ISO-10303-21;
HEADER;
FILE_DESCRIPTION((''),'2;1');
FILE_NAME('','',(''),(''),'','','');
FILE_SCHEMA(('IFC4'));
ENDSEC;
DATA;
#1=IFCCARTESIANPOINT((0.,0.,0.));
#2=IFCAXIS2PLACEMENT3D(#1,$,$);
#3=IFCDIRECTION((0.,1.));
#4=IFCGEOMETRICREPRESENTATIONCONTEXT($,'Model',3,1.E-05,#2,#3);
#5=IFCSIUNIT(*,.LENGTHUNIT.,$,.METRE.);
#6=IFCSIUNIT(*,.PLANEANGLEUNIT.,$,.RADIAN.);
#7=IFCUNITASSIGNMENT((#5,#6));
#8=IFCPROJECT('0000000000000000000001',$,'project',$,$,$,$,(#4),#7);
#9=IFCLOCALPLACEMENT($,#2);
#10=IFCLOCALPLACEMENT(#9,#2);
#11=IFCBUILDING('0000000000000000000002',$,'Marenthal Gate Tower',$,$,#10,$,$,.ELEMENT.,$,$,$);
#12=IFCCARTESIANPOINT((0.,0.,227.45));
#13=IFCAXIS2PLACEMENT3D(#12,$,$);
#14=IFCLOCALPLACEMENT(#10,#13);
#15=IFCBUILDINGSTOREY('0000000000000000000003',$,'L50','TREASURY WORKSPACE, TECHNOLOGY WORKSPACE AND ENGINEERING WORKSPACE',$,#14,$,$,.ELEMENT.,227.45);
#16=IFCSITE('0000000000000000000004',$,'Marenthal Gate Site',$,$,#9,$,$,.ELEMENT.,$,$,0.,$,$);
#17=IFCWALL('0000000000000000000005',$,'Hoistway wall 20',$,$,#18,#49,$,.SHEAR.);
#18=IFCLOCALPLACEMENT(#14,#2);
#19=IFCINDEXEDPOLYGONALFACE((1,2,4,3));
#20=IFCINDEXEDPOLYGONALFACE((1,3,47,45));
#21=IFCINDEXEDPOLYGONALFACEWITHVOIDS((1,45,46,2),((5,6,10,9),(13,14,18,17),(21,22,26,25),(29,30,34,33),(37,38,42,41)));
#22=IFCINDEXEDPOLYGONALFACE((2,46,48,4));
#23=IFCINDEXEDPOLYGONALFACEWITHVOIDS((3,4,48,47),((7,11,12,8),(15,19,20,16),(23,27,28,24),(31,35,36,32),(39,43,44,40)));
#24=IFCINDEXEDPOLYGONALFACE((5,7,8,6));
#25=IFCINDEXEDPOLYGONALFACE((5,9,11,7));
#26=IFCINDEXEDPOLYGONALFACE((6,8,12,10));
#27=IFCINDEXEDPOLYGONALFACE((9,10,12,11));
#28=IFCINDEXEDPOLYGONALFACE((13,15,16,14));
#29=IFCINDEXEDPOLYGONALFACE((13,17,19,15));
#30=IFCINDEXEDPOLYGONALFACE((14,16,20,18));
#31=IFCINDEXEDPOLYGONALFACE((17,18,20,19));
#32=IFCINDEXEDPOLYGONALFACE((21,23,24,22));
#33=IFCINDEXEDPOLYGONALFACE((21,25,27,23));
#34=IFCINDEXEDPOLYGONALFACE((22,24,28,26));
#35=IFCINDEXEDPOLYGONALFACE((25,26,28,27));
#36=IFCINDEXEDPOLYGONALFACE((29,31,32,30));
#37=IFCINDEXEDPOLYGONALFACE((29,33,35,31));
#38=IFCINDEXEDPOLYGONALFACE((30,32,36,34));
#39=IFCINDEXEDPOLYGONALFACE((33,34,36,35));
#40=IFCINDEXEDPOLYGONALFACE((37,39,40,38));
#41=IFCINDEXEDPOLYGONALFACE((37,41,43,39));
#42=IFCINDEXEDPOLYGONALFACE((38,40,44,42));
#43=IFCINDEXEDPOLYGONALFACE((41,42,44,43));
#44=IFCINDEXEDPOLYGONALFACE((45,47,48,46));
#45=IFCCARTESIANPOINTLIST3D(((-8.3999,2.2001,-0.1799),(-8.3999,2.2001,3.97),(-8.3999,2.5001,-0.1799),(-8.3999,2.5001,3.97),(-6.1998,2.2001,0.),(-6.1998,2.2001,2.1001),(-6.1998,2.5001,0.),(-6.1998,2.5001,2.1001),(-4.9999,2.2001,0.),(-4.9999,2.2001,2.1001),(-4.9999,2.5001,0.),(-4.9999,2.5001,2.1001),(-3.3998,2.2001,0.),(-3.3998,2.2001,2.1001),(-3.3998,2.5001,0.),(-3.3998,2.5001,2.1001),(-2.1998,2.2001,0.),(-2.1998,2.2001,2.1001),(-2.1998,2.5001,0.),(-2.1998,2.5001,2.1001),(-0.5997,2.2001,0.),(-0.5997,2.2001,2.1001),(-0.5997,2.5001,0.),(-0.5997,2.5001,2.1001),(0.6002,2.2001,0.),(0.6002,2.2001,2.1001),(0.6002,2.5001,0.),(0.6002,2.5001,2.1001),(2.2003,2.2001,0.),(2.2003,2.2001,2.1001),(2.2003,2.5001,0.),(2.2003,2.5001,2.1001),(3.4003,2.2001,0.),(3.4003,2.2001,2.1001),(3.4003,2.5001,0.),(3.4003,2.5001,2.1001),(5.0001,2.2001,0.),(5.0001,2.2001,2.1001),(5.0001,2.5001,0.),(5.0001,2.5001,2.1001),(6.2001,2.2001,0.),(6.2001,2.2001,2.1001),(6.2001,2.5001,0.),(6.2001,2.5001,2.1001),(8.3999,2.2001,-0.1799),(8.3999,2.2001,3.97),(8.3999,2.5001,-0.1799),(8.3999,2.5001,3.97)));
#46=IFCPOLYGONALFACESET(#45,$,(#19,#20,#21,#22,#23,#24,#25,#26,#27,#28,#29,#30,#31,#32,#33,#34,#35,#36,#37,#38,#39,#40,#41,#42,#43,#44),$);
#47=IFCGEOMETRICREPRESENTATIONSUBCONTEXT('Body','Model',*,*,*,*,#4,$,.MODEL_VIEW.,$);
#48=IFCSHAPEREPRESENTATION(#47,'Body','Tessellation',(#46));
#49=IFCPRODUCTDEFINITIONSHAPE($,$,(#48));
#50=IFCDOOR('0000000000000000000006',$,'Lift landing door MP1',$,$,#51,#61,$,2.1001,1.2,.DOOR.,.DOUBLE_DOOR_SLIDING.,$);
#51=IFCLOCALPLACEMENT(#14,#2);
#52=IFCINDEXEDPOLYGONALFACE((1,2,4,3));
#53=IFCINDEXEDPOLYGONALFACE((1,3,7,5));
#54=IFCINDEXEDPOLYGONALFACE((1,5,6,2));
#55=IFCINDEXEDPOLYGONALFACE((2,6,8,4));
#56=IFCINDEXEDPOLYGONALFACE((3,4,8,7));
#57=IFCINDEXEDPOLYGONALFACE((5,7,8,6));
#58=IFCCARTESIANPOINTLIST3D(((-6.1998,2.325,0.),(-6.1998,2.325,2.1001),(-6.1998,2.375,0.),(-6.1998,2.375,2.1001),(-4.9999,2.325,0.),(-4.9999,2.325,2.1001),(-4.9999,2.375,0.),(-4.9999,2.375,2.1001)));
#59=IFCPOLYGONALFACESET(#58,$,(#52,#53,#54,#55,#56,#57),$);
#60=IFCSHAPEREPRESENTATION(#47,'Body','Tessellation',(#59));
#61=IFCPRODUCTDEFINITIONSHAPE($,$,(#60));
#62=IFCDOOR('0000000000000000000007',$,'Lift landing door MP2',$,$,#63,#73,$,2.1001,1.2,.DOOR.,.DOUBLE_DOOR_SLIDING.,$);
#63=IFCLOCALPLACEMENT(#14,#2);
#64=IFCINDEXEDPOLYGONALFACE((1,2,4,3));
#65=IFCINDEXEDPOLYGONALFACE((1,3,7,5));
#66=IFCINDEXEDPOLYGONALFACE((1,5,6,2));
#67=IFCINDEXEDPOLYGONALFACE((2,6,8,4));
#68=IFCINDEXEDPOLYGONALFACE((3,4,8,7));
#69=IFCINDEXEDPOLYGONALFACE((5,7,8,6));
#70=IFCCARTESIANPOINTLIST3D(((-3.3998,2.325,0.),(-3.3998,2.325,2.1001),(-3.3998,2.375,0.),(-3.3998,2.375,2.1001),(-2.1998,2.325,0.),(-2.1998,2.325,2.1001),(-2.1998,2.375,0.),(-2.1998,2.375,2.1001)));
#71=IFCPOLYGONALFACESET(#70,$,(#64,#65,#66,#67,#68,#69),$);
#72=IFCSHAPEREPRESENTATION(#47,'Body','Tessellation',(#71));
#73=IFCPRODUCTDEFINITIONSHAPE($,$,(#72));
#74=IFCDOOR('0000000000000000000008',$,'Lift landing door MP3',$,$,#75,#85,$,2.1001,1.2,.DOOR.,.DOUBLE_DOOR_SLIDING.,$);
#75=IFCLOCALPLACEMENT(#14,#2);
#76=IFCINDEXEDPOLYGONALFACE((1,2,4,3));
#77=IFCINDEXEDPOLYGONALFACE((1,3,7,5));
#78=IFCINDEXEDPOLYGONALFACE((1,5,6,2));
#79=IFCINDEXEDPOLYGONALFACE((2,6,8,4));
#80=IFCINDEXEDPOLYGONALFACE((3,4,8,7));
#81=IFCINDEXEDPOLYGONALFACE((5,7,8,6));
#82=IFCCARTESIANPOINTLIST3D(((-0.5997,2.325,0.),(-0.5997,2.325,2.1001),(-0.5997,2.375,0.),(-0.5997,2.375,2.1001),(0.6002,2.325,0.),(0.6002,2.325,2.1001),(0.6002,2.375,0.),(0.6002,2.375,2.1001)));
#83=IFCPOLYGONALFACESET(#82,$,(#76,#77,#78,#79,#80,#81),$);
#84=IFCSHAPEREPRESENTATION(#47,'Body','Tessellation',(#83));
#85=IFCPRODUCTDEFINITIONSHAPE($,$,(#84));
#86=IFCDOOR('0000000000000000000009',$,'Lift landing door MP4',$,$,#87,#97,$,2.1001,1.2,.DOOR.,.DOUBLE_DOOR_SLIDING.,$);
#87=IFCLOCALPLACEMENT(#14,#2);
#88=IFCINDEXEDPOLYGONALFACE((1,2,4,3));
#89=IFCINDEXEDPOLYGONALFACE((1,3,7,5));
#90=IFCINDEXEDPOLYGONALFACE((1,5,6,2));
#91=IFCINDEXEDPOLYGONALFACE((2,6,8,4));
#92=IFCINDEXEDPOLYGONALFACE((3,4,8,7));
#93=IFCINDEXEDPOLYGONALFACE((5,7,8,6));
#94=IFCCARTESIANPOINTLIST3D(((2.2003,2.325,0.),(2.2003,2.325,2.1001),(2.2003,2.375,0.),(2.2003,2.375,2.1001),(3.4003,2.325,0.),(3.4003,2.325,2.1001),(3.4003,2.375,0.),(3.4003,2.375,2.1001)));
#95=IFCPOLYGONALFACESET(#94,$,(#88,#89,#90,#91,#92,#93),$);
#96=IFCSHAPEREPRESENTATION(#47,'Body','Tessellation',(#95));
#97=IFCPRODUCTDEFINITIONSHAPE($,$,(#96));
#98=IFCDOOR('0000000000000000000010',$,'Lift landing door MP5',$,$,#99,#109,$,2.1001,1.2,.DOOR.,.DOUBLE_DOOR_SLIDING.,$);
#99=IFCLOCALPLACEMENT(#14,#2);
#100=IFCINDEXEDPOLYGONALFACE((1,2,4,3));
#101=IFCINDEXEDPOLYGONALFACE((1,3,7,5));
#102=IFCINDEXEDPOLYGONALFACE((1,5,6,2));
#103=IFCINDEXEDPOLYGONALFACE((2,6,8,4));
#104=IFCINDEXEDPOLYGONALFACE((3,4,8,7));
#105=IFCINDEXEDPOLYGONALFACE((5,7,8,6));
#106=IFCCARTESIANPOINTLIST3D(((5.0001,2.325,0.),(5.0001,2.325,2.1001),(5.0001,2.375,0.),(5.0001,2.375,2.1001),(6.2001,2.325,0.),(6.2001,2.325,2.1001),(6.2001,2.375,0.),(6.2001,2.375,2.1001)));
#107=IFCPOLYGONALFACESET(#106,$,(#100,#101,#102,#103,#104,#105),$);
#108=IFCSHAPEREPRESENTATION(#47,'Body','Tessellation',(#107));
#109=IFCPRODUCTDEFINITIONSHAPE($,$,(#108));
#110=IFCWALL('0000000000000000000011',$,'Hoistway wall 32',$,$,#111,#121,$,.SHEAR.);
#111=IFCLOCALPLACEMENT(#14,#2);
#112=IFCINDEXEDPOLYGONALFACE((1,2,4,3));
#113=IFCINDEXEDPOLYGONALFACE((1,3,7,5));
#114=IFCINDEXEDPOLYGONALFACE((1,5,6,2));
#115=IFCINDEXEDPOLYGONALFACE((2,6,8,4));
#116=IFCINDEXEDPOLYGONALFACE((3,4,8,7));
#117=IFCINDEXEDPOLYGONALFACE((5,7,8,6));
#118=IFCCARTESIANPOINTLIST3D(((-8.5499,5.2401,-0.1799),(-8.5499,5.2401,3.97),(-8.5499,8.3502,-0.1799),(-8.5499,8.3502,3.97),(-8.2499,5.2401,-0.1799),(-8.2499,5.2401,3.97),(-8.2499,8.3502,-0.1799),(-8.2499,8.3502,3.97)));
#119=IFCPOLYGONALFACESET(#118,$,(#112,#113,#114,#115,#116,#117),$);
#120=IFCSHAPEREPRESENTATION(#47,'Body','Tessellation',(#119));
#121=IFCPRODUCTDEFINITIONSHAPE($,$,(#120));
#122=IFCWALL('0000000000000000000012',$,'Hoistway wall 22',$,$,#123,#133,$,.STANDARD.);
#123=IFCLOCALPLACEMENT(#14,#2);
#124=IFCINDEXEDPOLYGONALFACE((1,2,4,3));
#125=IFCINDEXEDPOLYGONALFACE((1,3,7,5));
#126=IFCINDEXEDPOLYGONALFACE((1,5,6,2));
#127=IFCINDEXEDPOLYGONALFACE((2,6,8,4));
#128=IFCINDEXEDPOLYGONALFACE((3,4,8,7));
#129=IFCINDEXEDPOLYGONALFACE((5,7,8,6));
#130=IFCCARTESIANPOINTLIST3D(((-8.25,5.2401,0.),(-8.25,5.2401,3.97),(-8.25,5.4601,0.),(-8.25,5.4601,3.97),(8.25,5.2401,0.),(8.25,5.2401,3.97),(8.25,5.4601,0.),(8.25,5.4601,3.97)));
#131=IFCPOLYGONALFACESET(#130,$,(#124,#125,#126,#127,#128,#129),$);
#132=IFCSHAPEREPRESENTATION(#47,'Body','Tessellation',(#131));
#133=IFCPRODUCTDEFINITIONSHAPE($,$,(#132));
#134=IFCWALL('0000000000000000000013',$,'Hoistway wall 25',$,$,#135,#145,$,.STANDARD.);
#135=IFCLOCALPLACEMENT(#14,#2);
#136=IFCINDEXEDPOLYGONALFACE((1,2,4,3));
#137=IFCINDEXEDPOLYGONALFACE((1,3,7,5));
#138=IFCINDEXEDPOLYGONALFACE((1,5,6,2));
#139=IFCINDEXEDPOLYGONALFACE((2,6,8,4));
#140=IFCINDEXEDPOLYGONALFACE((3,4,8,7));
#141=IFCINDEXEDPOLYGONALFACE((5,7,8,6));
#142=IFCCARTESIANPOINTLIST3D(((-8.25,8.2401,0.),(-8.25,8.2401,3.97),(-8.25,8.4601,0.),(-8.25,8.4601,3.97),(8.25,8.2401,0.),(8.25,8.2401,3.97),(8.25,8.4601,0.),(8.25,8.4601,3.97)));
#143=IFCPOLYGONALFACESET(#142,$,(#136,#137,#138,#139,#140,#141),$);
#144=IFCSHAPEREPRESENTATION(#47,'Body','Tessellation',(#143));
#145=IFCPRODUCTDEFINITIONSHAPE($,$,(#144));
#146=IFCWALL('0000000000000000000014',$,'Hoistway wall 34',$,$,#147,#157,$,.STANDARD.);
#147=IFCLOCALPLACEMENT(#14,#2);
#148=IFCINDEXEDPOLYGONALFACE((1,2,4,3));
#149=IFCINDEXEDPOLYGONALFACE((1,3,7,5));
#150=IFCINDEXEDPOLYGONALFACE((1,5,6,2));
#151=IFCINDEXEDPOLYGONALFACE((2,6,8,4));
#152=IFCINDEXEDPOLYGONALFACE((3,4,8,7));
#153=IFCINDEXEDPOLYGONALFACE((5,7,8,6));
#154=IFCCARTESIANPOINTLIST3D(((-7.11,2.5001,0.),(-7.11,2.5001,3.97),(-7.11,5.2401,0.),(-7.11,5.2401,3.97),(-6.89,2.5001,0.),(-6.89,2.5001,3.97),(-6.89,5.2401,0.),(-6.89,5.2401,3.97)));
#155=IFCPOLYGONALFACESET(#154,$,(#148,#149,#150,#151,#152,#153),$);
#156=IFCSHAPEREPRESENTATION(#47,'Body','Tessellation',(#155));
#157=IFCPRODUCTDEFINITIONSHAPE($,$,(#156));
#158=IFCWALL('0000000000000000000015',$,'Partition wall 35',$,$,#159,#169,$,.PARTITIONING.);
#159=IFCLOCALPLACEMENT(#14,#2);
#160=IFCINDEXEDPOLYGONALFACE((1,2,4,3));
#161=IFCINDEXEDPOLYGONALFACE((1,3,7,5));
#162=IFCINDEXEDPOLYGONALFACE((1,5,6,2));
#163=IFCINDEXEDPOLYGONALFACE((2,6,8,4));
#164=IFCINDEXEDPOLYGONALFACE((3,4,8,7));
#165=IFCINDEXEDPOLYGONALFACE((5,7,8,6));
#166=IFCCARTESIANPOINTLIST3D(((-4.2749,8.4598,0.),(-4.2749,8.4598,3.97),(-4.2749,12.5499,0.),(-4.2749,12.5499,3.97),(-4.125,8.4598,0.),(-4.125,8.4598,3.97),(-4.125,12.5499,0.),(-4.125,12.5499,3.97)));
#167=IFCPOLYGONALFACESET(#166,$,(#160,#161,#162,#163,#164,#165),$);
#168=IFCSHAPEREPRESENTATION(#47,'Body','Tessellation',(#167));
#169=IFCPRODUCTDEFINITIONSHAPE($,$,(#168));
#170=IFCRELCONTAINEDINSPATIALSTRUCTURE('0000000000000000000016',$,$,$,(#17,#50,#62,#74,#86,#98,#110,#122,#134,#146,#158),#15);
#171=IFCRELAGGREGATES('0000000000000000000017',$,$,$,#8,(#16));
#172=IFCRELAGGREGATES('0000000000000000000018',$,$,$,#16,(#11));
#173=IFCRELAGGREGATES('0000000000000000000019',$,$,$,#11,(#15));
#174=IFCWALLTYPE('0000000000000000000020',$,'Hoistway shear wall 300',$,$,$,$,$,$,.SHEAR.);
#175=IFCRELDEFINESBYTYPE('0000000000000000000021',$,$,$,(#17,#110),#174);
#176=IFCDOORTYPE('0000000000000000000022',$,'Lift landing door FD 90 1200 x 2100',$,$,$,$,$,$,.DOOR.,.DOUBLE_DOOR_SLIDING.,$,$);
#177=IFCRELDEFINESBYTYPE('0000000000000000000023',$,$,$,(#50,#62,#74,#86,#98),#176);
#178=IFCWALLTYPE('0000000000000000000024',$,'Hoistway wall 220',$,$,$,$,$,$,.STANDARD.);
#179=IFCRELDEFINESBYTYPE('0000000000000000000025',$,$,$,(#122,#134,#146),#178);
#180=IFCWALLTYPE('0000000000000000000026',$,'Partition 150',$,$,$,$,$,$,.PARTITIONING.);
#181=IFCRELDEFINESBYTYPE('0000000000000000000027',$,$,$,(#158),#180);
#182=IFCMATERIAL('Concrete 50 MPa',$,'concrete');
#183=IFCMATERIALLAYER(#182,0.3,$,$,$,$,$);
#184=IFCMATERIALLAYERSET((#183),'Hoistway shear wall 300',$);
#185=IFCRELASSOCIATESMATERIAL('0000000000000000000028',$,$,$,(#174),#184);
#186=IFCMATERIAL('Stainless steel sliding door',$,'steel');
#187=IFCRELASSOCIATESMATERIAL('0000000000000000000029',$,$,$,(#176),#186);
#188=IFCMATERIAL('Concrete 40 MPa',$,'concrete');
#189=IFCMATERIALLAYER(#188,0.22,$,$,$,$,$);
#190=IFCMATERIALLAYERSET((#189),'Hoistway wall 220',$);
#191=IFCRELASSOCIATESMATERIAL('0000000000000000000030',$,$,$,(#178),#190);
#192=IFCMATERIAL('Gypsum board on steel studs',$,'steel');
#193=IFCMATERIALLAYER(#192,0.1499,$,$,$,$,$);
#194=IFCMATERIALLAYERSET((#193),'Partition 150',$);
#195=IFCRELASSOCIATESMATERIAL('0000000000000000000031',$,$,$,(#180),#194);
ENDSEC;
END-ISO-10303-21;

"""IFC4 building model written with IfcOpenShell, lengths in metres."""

from ifc_helpers import new_model, si_unit, direction, frame, frame_2d, origin, place, context, subcontext, project, spatial, rectangle, extrude, material, layer, layer_set, type_object, element, fill, save


model = new_model("IFC4")

# Units and contexts
model_context = context("Model", 3, precision=1e-05, world=origin(), true_north=direction((0.0, 1.0)))
body_context = subcontext(model_context, "Body", "Model", "MODEL_VIEW")
ifc_project = project(units=[si_unit("LENGTHUNIT", "METRE"), si_unit("PLANEANGLEUNIT", "RADIAN")], contexts=[model_context])

# Site, building, storey
site_placement = place(None, origin())
site = spatial("IfcSite", under=ifc_project, at=site_placement, Name="Marenthal Gate Site", CompositionType="ELEMENT", RefElevation=0.0)
building_placement = place(site_placement, origin())
building = spatial("IfcBuilding", under=site, at=building_placement, Name="Marenthal Gate Tower", CompositionType="ELEMENT")
storey_placement = place(building_placement, frame((0.0, 0.0, 227.45)))
storey = spatial("IfcBuildingStorey", under=building, at=storey_placement, Name="L50", Description="TREASURY WORKSPACE, TECHNOLOGY WORKSPACE AND ENGINEERING WORKSPACE", CompositionType="ELEMENT", Elevation=227.45)

# Wall, openings, doors
ifc_material_1 = material(Name="Concrete 50 MPa", Category="concrete")
ifc_layer_1 = layer(ifc_material_1, 0.3)
ifc_layer_set_1 = layer_set([ifc_layer_1], Name="Hoistway shear wall 300")
wall_type_1 = type_object("IfcWallType", Name="Hoistway shear wall 300", PredefinedType="SHEAR", material=ifc_layer_set_1)
wall_1_placement = place(storey_placement, frame((-8.3999, 2.3501, -0.1799), z_axis=(0.0, 0.0, 1.0), x_axis=(1.0, 0.0, 0.0)))
wall_1 = element("IfcWall", 1, at=wall_1_placement, inside=storey, type_object=wall_type_1, Name="Hoistway wall 20", PredefinedType="SHEAR", context=body_context, shape_type="SweptSolid", body=[
    extrude(rectangle(XDim=16.7998, YDim=0.3, at=frame_2d((8.3999, 0.0))), origin(), (0.0, 0.0, 1.0), 4.1499),
])
opening_1_placement = place(wall_1_placement, frame((2.2, 0.0, 0.1799)))
opening_1 = element("IfcOpeningElement", 2, at=opening_1_placement, cuts=wall_1, PredefinedType="OPENING", context=body_context, shape_type="SweptSolid", body=[
    extrude(rectangle(XDim=1.2, YDim=2.1001, at=frame_2d((0.6001, 1.05))), frame((0.0, 0.1602, 0.0), z_axis=(0.0, -1.0, 0.0), x_axis=(1.0, 0.0, 0.0)), (0.0, 0.0, 1.0), 0.3201),
])
opening_2_placement = place(wall_1_placement, frame((5.0, 0.0, 0.1799)))
opening_2 = element("IfcOpeningElement", 3, at=opening_2_placement, cuts=wall_1, PredefinedType="OPENING", context=body_context, shape_type="SweptSolid", body=[
    extrude(rectangle(XDim=1.2, YDim=2.1001, at=frame_2d((0.6001, 1.05))), frame((0.0, 0.1602, 0.0), z_axis=(0.0, -1.0, 0.0), x_axis=(1.0, 0.0, 0.0)), (0.0, 0.0, 1.0), 0.3201),
])
opening_3_placement = place(wall_1_placement, frame((7.8, 0.0, 0.1799)))
opening_3 = element("IfcOpeningElement", 4, at=opening_3_placement, cuts=wall_1, PredefinedType="OPENING", context=body_context, shape_type="SweptSolid", body=[
    extrude(rectangle(XDim=1.2, YDim=2.1001, at=frame_2d((0.6001, 1.05))), frame((0.0, 0.1602, 0.0), z_axis=(0.0, -1.0, 0.0), x_axis=(1.0, 0.0, 0.0)), (0.0, 0.0, 1.0), 0.3201),
])
opening_4_placement = place(wall_1_placement, frame((10.6001, 0.0, 0.1799)))
opening_4 = element("IfcOpeningElement", 5, at=opening_4_placement, cuts=wall_1, PredefinedType="OPENING", context=body_context, shape_type="SweptSolid", body=[
    extrude(rectangle(XDim=1.2, YDim=2.1001, at=frame_2d((0.6001, 1.05))), frame((0.0, 0.1602, 0.0), z_axis=(0.0, -1.0, 0.0), x_axis=(1.0, 0.0, 0.0)), (0.0, 0.0, 1.0), 0.3201),
])
opening_5_placement = place(wall_1_placement, frame((13.3999, 0.0, 0.1799)))
opening_5 = element("IfcOpeningElement", 6, at=opening_5_placement, cuts=wall_1, PredefinedType="OPENING", context=body_context, shape_type="SweptSolid", body=[
    extrude(rectangle(XDim=1.2, YDim=2.1001, at=frame_2d((0.6001, 1.05))), frame((0.0, 0.1602, 0.0), z_axis=(0.0, -1.0, 0.0), x_axis=(1.0, 0.0, 0.0)), (0.0, 0.0, 1.0), 0.3201),
])
ifc_material_2 = material(Name="Stainless steel sliding door", Category="steel")
door_type = type_object("IfcDoorType", Name="Lift landing door FD 90 1200 x 2100", OperationType="DOUBLE_DOOR_SLIDING", PredefinedType="DOOR", material=ifc_material_2)
door_1_placement = place(opening_1_placement, origin())
door_1 = element("IfcDoor", 7, at=door_1_placement, inside=storey, type_object=door_type, Name="Lift landing door MP1", OperationType="DOUBLE_DOOR_SLIDING", OverallHeight=2.1001, OverallWidth=1.2, PredefinedType="DOOR", context=body_context, shape_type="SweptSolid", body=[
    extrude(rectangle(XDim=1.2, YDim=2.1001, at=frame_2d((0.6001, 1.05))), frame((0.0, 0.0249, 0.0), z_axis=(0.0, -1.0, 0.0), x_axis=(1.0, 0.0, 0.0)), (0.0, 0.0, 1.0), 0.05),
])
fill(opening_1, door_1)
door_2_placement = place(opening_2_placement, origin())
door_2 = element("IfcDoor", 8, at=door_2_placement, inside=storey, type_object=door_type, Name="Lift landing door MP2", OperationType="DOUBLE_DOOR_SLIDING", OverallHeight=2.1001, OverallWidth=1.2, PredefinedType="DOOR", context=body_context, shape_type="SweptSolid", body=[
    extrude(rectangle(XDim=1.2, YDim=2.1001, at=frame_2d((0.6001, 1.05))), frame((0.0, 0.0249, 0.0), z_axis=(0.0, -1.0, 0.0), x_axis=(1.0, 0.0, 0.0)), (0.0, 0.0, 1.0), 0.05),
])
fill(opening_2, door_2)
door_3_placement = place(opening_3_placement, origin())
door_3 = element("IfcDoor", 9, at=door_3_placement, inside=storey, type_object=door_type, Name="Lift landing door MP3", OperationType="DOUBLE_DOOR_SLIDING", OverallHeight=2.1001, OverallWidth=1.2, PredefinedType="DOOR", context=body_context, shape_type="SweptSolid", body=[
    extrude(rectangle(XDim=1.2, YDim=2.1001, at=frame_2d((0.6001, 1.05))), frame((0.0, 0.0249, 0.0), z_axis=(0.0, -1.0, 0.0), x_axis=(1.0, 0.0, 0.0)), (0.0, 0.0, 1.0), 0.05),
])
fill(opening_3, door_3)
door_4_placement = place(opening_4_placement, origin())
door_4 = element("IfcDoor", 10, at=door_4_placement, inside=storey, type_object=door_type, Name="Lift landing door MP4", OperationType="DOUBLE_DOOR_SLIDING", OverallHeight=2.1001, OverallWidth=1.2, PredefinedType="DOOR", context=body_context, shape_type="SweptSolid", body=[
    extrude(rectangle(XDim=1.2, YDim=2.1001, at=frame_2d((0.6001, 1.05))), frame((0.0, 0.0249, 0.0), z_axis=(0.0, -1.0, 0.0), x_axis=(1.0, 0.0, 0.0)), (0.0, 0.0, 1.0), 0.05),
])
fill(opening_4, door_4)
door_5_placement = place(opening_5_placement, origin())
door_5 = element("IfcDoor", 11, at=door_5_placement, inside=storey, type_object=door_type, Name="Lift landing door MP5", OperationType="DOUBLE_DOOR_SLIDING", OverallHeight=2.1001, OverallWidth=1.2, PredefinedType="DOOR", context=body_context, shape_type="SweptSolid", body=[
    extrude(rectangle(XDim=1.2, YDim=2.1001, at=frame_2d((0.6001, 1.05))), frame((0.0, 0.0249, 0.0), z_axis=(0.0, -1.0, 0.0), x_axis=(1.0, 0.0, 0.0)), (0.0, 0.0, 1.0), 0.05),
])
fill(opening_5, door_5)

# Walls
wall_2_placement = place(storey_placement, frame((-8.3999, 5.24, -0.1799), z_axis=(0.0, 0.0, 1.0), x_axis=(0.0, 1.0, 0.0)))
element("IfcWall", 12, at=wall_2_placement, inside=storey, type_object=wall_type_1, Name="Hoistway wall 32", PredefinedType="SHEAR", context=body_context, shape_type="SweptSolid", body=[
    extrude(rectangle(XDim=3.1101, YDim=0.3, at=frame_2d((1.5552, 0.0))), origin(), (0.0, 0.0, 1.0), 4.1499),
])
ifc_material_3 = material(Name="Concrete 40 MPa", Category="concrete")
ifc_layer_2 = layer(ifc_material_3, 0.22)
ifc_layer_set_2 = layer_set([ifc_layer_2], Name="Hoistway wall 220")
wall_type_2 = type_object("IfcWallType", Name="Hoistway wall 220", PredefinedType="STANDARD", material=ifc_layer_set_2)
for number, where, z_axis, x_axis, name in (
    (13, (-8.25, 5.3501, 0.0), (0.0, 0.0, 1.0), (1.0, 0.0, 0.0), "Hoistway wall 22"),
    (14, (-8.25, 8.3501, 0.0), (0.0, 0.0, 1.0), (1.0, 0.0, 0.0), "Hoistway wall 25"),
):
    element("IfcWall", number, at=place(storey_placement, frame(where, z_axis=z_axis, x_axis=x_axis)), inside=storey, type_object=wall_type_2, Name=name, PredefinedType="STANDARD", context=body_context, shape_type="SweptSolid", body=[
        extrude(rectangle(XDim=16.5, YDim=0.22, at=frame_2d((8.25, 0.0))), origin(), (0.0, 0.0, 1.0), 3.97),
    ])
wall_3_placement = place(storey_placement, frame((-7.0, 2.5, 0.0), z_axis=(0.0, 0.0, 1.0), x_axis=(0.0, 1.0, 0.0)))
element("IfcWall", 15, at=wall_3_placement, inside=storey, type_object=wall_type_2, Name="Hoistway wall 34", PredefinedType="STANDARD", context=body_context, shape_type="SweptSolid", body=[
    extrude(rectangle(XDim=2.74, YDim=0.22, at=frame_2d((1.3701, 0.0))), origin(), (0.0, 0.0, 1.0), 3.97),
])
ifc_material_4 = material(Name="Gypsum board on steel studs", Category="steel")
ifc_layer_3 = layer(ifc_material_4, 0.1499)
ifc_layer_set_3 = layer_set([ifc_layer_3], Name="Partition 150")
wall_type_3 = type_object("IfcWallType", Name="Partition 150", PredefinedType="PARTITIONING", material=ifc_layer_set_3)
wall_4_placement = place(storey_placement, frame((-4.2, 8.46, 0.0), z_axis=(0.0, 0.0, 1.0), x_axis=(0.0, 1.0, 0.0)))
element("IfcWall", 16, at=wall_4_placement, inside=storey, type_object=wall_type_3, Name="Partition wall 35", PredefinedType="PARTITIONING", context=body_context, shape_type="SweptSolid", body=[
    extrude(rectangle(XDim=4.0901, YDim=0.1499, at=frame_2d((2.0449, 0.0))), origin(), (0.0, 0.0, 1.0), 3.97),
])

save(model, "model.ifc")
